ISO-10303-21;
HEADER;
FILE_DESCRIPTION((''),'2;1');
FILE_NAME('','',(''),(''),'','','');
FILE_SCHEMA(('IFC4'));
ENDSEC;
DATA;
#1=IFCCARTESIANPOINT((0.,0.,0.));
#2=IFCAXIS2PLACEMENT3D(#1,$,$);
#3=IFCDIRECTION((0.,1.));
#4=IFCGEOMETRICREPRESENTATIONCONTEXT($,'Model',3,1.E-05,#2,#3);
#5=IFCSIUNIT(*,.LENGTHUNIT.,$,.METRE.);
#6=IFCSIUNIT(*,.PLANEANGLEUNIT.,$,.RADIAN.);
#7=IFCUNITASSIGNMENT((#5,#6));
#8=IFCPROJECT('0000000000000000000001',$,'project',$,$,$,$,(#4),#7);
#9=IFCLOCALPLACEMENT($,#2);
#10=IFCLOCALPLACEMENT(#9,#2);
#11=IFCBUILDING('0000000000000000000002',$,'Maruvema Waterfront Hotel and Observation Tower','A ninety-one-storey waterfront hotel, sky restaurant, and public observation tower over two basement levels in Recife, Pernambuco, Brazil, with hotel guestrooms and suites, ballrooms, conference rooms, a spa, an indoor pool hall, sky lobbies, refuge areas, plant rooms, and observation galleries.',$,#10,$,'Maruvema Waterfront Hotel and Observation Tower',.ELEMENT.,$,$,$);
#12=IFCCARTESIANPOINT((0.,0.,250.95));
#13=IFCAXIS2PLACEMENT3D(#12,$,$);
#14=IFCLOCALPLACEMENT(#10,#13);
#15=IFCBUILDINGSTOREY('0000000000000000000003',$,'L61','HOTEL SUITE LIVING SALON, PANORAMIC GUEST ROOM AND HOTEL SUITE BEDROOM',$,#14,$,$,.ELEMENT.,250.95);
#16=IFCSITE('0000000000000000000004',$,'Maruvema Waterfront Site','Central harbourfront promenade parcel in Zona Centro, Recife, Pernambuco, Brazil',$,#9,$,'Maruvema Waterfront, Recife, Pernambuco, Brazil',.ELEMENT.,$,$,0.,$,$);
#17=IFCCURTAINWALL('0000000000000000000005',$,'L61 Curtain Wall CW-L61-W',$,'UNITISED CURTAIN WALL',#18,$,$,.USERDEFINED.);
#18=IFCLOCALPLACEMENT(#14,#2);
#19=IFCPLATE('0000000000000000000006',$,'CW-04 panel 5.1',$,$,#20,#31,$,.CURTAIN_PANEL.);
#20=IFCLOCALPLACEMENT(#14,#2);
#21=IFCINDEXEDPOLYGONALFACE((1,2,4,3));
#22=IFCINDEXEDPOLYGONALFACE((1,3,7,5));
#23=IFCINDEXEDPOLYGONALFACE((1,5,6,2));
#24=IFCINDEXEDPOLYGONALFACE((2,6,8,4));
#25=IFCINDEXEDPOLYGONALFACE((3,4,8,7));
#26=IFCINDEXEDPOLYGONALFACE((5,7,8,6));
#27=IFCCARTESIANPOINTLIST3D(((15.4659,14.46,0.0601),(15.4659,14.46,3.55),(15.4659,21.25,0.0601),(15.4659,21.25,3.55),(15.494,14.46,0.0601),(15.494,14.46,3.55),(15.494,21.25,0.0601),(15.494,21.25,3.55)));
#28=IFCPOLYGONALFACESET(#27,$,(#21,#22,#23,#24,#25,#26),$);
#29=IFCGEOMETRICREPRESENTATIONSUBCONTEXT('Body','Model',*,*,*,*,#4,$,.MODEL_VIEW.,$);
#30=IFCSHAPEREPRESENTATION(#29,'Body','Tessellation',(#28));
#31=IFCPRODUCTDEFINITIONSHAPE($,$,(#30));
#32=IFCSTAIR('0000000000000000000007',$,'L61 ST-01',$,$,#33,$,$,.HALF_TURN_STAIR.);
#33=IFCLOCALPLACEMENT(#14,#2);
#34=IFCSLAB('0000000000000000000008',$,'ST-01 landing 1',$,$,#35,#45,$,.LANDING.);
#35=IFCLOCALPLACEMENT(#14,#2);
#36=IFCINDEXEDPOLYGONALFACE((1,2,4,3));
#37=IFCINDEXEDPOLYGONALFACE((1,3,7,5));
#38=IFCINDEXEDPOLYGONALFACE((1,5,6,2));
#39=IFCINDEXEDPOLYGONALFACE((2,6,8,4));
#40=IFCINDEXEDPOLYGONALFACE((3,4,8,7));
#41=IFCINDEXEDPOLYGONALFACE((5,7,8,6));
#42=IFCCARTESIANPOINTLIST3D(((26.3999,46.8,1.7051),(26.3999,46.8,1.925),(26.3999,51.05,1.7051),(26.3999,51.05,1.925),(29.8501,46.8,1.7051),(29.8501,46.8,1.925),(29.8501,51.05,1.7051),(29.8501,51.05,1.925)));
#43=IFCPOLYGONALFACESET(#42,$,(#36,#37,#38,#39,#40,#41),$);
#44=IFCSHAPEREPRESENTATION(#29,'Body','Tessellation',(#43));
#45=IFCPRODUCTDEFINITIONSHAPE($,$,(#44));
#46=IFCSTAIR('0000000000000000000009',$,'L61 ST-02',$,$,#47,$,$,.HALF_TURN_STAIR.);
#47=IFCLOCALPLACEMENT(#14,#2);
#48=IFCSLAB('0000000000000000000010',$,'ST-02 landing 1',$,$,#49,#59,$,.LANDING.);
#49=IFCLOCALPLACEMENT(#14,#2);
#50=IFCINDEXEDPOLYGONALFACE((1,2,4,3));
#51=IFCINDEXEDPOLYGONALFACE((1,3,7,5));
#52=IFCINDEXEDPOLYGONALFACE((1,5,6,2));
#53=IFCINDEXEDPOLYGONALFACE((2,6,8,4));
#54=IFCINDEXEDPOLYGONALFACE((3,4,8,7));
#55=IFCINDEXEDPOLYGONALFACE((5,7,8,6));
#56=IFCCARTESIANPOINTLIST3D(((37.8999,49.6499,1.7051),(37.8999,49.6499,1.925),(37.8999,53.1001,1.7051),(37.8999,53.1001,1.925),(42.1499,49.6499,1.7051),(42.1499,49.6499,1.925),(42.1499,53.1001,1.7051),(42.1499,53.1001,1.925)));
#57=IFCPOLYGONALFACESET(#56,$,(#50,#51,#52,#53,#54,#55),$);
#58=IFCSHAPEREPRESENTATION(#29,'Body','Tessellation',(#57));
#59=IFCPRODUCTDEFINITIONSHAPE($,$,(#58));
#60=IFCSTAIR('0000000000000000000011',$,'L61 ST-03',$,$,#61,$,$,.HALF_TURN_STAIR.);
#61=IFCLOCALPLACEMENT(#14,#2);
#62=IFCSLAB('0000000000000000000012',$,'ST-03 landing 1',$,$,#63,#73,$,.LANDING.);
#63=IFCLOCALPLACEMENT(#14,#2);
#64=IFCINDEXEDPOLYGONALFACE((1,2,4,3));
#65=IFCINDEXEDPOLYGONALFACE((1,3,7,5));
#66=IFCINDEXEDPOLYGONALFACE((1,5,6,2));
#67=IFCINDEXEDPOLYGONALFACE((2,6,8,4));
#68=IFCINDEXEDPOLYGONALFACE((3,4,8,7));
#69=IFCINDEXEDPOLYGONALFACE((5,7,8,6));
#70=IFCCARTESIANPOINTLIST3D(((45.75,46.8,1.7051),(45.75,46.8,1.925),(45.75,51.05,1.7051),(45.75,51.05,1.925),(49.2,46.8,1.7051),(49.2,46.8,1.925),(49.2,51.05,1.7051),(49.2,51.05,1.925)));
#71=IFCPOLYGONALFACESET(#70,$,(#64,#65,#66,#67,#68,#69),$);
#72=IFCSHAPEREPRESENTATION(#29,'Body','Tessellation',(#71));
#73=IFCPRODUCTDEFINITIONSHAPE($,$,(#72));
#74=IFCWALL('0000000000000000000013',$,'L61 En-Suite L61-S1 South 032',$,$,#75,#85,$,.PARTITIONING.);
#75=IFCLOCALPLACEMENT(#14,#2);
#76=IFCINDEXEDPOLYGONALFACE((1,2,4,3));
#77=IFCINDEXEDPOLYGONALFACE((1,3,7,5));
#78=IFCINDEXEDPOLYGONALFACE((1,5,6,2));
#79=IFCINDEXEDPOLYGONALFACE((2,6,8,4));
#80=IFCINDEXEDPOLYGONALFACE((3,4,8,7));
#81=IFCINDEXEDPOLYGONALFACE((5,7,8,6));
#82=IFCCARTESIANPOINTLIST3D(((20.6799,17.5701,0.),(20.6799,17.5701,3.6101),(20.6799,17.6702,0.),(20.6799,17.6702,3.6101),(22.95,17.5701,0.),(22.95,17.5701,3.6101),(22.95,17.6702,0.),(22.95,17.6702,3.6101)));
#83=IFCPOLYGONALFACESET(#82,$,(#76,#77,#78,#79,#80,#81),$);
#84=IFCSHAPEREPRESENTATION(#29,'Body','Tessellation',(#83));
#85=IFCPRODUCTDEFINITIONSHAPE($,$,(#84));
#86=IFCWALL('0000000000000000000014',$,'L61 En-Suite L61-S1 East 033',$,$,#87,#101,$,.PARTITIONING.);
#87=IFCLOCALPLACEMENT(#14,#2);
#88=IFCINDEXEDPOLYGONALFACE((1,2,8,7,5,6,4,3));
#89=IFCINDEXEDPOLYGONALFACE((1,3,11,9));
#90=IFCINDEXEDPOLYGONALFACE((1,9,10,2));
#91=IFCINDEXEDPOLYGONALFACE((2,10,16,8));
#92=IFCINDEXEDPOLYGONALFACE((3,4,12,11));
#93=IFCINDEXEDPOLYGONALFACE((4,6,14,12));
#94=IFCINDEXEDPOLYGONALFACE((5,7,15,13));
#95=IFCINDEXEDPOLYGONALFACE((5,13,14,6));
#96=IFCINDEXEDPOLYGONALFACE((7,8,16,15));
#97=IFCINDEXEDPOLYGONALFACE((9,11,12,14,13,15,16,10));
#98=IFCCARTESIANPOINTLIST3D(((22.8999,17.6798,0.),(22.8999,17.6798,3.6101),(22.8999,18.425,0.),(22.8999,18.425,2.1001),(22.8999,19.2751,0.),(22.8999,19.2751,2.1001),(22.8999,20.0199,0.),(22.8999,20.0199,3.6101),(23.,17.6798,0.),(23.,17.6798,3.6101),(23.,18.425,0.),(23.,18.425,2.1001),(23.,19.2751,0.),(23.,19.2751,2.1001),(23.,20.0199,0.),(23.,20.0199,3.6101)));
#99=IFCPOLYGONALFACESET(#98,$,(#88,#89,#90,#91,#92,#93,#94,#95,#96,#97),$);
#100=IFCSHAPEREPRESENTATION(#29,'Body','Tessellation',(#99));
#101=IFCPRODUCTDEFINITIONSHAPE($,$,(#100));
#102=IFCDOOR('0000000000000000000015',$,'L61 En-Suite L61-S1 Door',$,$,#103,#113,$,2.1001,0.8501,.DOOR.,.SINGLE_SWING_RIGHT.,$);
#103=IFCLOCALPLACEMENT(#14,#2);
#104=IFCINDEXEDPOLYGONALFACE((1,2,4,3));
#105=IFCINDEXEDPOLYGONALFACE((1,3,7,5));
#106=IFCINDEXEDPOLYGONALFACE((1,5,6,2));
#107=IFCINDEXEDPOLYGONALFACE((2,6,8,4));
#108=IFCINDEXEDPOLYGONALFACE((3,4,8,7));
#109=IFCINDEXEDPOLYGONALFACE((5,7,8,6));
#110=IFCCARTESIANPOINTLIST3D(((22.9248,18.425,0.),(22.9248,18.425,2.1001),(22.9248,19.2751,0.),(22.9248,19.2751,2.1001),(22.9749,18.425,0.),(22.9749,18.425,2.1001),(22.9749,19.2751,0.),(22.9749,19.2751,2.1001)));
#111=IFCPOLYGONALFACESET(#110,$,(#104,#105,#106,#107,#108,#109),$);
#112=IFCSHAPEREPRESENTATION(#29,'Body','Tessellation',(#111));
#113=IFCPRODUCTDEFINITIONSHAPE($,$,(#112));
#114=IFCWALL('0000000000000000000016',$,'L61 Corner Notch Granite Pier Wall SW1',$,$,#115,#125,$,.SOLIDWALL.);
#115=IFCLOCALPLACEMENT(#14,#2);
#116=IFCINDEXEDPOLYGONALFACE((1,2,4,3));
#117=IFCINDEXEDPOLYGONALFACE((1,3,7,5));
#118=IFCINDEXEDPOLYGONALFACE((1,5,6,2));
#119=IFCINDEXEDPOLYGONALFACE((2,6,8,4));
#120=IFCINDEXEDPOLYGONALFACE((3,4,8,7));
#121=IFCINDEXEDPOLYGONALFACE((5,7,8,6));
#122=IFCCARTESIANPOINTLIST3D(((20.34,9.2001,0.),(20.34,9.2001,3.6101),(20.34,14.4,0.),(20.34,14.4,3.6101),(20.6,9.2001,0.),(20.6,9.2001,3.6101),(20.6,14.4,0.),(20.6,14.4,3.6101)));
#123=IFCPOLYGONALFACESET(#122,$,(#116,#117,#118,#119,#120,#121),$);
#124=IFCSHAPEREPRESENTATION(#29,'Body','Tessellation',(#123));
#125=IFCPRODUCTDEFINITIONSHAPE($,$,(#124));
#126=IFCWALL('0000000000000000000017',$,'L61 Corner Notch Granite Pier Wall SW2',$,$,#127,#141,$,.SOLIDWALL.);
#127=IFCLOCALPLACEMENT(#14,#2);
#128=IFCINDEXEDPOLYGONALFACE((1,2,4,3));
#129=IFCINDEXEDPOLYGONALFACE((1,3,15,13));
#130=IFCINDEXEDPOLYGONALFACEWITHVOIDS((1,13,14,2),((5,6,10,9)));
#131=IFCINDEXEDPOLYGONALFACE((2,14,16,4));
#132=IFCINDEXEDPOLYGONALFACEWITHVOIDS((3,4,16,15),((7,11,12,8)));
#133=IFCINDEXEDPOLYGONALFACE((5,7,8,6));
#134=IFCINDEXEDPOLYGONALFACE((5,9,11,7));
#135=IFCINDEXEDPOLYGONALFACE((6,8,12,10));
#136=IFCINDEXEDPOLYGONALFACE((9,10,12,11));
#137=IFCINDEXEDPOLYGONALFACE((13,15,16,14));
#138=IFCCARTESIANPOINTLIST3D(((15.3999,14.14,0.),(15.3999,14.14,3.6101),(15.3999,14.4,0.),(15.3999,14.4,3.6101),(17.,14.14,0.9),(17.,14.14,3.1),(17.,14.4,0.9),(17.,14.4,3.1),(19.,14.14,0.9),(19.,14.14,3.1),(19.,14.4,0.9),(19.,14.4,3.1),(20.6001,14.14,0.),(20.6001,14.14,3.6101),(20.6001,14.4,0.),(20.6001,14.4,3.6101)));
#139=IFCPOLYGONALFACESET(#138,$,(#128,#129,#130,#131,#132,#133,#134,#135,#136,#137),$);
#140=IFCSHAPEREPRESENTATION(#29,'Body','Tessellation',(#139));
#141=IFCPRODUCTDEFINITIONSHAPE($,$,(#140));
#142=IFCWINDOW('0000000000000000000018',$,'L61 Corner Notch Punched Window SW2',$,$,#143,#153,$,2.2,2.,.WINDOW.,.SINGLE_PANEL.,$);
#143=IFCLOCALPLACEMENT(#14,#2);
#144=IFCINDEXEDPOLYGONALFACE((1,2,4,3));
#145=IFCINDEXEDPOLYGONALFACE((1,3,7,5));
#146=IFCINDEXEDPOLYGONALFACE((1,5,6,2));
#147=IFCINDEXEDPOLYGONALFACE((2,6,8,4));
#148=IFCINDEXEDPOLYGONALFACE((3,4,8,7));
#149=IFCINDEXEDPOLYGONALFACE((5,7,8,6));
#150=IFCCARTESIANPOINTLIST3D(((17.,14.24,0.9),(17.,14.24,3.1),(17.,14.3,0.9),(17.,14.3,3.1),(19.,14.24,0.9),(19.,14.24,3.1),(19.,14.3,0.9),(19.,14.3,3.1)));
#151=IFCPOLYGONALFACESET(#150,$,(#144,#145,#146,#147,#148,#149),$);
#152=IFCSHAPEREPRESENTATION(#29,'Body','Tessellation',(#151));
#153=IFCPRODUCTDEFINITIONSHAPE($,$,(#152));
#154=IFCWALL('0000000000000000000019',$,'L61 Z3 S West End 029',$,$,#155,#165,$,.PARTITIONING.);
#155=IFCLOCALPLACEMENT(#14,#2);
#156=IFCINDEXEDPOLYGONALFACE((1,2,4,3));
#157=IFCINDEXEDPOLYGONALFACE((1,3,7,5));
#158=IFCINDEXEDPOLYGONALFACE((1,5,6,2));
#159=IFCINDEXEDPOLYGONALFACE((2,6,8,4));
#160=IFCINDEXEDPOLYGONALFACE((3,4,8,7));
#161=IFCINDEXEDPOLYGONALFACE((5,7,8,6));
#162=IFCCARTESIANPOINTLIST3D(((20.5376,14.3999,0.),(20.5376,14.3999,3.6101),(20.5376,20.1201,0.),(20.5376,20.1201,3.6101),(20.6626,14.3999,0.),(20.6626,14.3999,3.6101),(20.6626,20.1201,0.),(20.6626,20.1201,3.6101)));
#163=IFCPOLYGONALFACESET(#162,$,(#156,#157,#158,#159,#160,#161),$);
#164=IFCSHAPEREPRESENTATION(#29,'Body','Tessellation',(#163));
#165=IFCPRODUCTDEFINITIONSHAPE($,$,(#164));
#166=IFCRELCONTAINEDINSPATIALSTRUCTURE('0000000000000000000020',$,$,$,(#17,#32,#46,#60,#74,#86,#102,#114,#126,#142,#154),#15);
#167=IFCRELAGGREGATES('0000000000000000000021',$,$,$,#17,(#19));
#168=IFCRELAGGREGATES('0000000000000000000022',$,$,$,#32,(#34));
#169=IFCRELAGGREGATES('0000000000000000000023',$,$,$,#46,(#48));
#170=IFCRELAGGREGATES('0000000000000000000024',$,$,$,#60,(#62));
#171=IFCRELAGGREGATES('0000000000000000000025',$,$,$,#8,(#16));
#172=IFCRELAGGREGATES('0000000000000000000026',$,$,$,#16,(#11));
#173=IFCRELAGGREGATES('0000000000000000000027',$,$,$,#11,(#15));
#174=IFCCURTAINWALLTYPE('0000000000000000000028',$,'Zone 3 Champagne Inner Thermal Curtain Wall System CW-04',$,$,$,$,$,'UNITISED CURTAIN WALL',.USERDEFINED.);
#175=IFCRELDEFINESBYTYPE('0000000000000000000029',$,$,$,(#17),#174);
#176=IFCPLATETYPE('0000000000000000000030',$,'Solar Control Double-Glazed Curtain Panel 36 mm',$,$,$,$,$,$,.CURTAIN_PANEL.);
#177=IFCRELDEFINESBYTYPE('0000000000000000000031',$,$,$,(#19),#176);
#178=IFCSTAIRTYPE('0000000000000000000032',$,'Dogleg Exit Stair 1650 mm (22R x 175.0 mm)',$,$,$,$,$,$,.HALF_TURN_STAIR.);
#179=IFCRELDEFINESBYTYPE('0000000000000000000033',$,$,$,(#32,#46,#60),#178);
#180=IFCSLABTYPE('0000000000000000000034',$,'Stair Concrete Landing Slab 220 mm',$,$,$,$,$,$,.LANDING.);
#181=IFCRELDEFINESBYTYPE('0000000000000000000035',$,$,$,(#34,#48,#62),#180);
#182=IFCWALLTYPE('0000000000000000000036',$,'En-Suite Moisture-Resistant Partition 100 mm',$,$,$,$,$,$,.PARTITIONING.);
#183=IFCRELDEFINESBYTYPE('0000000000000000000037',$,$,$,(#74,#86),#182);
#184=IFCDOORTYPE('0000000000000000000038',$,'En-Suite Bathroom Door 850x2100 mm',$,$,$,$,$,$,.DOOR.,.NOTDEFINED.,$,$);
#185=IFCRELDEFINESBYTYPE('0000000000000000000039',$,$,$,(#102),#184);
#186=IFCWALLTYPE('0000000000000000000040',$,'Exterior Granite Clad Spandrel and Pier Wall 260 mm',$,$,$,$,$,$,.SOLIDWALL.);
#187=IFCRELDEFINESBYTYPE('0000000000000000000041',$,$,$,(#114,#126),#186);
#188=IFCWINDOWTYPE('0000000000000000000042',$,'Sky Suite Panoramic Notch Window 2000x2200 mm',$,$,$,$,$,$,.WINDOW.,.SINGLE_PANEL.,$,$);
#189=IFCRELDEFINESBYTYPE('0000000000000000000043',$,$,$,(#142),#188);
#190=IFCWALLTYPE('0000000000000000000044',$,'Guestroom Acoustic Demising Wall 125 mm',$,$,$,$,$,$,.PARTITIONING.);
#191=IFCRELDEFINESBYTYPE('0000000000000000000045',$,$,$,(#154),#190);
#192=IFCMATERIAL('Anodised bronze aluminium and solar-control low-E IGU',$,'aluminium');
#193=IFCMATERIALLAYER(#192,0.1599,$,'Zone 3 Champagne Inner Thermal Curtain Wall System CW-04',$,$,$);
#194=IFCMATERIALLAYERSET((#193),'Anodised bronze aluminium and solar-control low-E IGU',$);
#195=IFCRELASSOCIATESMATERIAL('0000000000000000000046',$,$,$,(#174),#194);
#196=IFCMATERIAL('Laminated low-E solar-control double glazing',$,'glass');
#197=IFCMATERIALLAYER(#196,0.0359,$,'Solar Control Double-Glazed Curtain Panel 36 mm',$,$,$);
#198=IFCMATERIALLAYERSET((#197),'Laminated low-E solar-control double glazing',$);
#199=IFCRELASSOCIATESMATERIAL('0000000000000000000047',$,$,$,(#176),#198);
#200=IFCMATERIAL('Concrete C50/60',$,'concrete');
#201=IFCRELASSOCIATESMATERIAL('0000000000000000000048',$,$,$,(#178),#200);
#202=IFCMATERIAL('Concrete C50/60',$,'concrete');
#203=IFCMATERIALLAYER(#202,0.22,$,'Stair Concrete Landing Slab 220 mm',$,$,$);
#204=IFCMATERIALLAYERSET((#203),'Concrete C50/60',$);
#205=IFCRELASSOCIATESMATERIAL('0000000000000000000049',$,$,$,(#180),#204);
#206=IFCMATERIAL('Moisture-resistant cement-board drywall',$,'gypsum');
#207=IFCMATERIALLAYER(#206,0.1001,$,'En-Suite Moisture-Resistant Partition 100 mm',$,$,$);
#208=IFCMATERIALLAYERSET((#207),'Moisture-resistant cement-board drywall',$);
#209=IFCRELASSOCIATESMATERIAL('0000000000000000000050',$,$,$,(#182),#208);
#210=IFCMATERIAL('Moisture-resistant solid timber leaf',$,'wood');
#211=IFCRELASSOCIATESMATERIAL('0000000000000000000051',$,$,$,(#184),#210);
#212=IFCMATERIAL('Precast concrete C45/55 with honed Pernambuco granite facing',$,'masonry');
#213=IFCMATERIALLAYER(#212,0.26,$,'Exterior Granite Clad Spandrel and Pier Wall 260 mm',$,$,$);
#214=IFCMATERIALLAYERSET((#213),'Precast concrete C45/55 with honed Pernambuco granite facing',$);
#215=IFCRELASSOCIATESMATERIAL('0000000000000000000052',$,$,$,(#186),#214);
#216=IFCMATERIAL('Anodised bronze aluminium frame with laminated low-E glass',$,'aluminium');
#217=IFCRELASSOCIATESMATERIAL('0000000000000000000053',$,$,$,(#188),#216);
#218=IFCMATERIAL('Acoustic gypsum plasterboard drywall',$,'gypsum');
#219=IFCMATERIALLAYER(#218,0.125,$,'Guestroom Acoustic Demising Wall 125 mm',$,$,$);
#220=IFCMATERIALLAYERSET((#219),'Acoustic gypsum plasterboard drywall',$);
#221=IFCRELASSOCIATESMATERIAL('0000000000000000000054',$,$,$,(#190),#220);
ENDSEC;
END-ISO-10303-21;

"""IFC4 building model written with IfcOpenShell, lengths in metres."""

from ifc_helpers import new_model, si_unit, direction, frame, frame_2d, origin, origin_2d, place, context, subcontext, project, spatial, polyline, rectangle, outline, extrude, material, layer, layer_set, type_object, element, fill, aggregate, save


model = new_model("IFC4")

# Units and contexts
model_context = context("Model", 3, precision=1e-05, world=origin(), true_north=direction((0.0, 1.0)))
body_context = subcontext(model_context, "Body", "Model", "MODEL_VIEW")
ifc_project = project(units=[si_unit("LENGTHUNIT", "METRE"), si_unit("PLANEANGLEUNIT", "RADIAN")], contexts=[model_context])

# Site, building, storey
site_placement = place(None, origin())
site = spatial("IfcSite", under=ifc_project, at=site_placement, Name="Maruvema Waterfront Site", Description="Central harbourfront promenade parcel in Zona Centro, Recife, Pernambuco, Brazil", LongName="Maruvema Waterfront, Recife, Pernambuco, Brazil", CompositionType="ELEMENT", RefElevation=0.0)
building_placement = place(site_placement, origin())
building = spatial("IfcBuilding", under=site, at=building_placement, Name="Maruvema Waterfront Hotel and Observation Tower", Description="A ninety-one-storey waterfront hotel, sky restaurant, and public observation tower over two basement levels in Recife, Pernambuco, Brazil, with hotel guestrooms and suites, ballrooms, conference rooms, a spa, an indoor pool hall, sky lobbies, refuge areas, plant rooms, and observation galleries.", LongName="Maruvema Waterfront Hotel and Observation Tower", CompositionType="ELEMENT")
storey_placement = place(building_placement, frame((0.0, 0.0, 250.95)))
storey = spatial("IfcBuildingStorey", under=building, at=storey_placement, Name="L61", Description="HOTEL SUITE LIVING SALON, PANORAMIC GUEST ROOM AND HOTEL SUITE BEDROOM", CompositionType="ELEMENT", Elevation=250.95)

# Shared definitions
ifc_material_1 = material(Name="Anodised bronze aluminium and solar-control low-E IGU", Category="aluminium")
ifc_layer_1 = layer(ifc_material_1, 0.1599, Name="Zone 3 Champagne Inner Thermal Curtain Wall System CW-04")
ifc_layer_set_1 = layer_set([ifc_layer_1], Name="Anodised bronze aluminium and solar-control low-E IGU")
curtain_wall_type = type_object("IfcCurtainWallType", Name="Zone 3 Champagne Inner Thermal Curtain Wall System CW-04", ElementType="UNITISED CURTAIN WALL", PredefinedType="USERDEFINED", material=ifc_layer_set_1)

# Curtain wall
curtain_wall_1_placement = place(storey_placement, origin())
curtain_wall_1 = element("IfcCurtainWall", 1, at=curtain_wall_1_placement, inside=storey, type_object=curtain_wall_type, Name="L61 Curtain Wall CW-L61-W", ObjectType="UNITISED CURTAIN WALL", PredefinedType="USERDEFINED")

# Plate
ifc_material_2 = material(Name="Laminated low-E solar-control double glazing", Category="glass")
ifc_layer_2 = layer(ifc_material_2, 0.0359, Name="Solar Control Double-Glazed Curtain Panel 36 mm")
ifc_layer_set_2 = layer_set([ifc_layer_2], Name="Laminated low-E solar-control double glazing")
plate_type = type_object("IfcPlateType", Name="Solar Control Double-Glazed Curtain Panel 36 mm", PredefinedType="CURTAIN_PANEL", material=ifc_layer_set_2)
plate_1_placement = place(storey_placement, frame((15.48, 17.855, 0.0601), z_axis=(0.0, 0.0, 1.0), x_axis=(0.0, -1.0, 0.0)))
plate_1 = element("IfcPlate", 2, at=plate_1_placement, type_object=plate_type, Name="CW-04 panel 5.1", PredefinedType="CURTAIN_PANEL", context=body_context, shape_type="SweptSolid", body=[
    extrude(rectangle(XDim=6.79, YDim=0.0281, at=origin_2d()), origin(), (0.0, 0.0, 1.0), 3.49),
])
aggregate(curtain_wall_1, [plate_1])

# Stairs, slabs
ifc_material_3 = material(Name="Concrete C50/60", Category="concrete")
stair_type = type_object("IfcStairType", Name="Dogleg Exit Stair 1650 mm (22R x 175.0 mm)", PredefinedType="HALF_TURN_STAIR", material=ifc_material_3)
stair_1_placement = place(storey_placement, origin())
stair_1 = element("IfcStair", 3, at=stair_1_placement, inside=storey, type_object=stair_type, Name="L61 ST-01", PredefinedType="HALF_TURN_STAIR")
ifc_material_4 = material(Name="Concrete C50/60", Category="concrete")
ifc_layer_3 = layer(ifc_material_4, 0.22, Name="Stair Concrete Landing Slab 220 mm")
ifc_layer_set_3 = layer_set([ifc_layer_3], Name="Concrete C50/60")
slab_type_1 = type_object("IfcSlabType", Name="Stair Concrete Landing Slab 220 mm", PredefinedType="LANDING", material=ifc_layer_set_3)
slab_1_placement = place(storey_placement, frame((0.0, 0.0, 1.7051)))
slab_1 = element("IfcSlab", 4, at=slab_1_placement, type_object=slab_type_1, Name="ST-01 landing 1", PredefinedType="LANDING", context=body_context, shape_type="SweptSolid", body=[
    extrude(outline(polyline([(29.8501, 46.8), (29.8501, 51.05), (26.3999, 51.05), (26.3999, 46.8), (29.8501, 46.8)])), origin(), (0.0, 0.0, 1.0), 0.22),
])
aggregate(stair_1, [slab_1])
stair_2_placement = place(storey_placement, origin())
stair_2 = element("IfcStair", 5, at=stair_2_placement, inside=storey, type_object=stair_type, Name="L61 ST-02", PredefinedType="HALF_TURN_STAIR")
slab_2_placement = place(storey_placement, frame((0.0, 0.0, 1.7051)))
slab_2 = element("IfcSlab", 6, at=slab_2_placement, type_object=slab_type_1, Name="ST-02 landing 1", PredefinedType="LANDING", context=body_context, shape_type="SweptSolid", body=[
    extrude(outline(polyline([(37.8999, 49.6499), (42.1499, 49.6499), (42.1499, 53.1001), (37.8999, 53.1001), (37.8999, 49.6499)])), origin(), (0.0, 0.0, 1.0), 0.22),
])
aggregate(stair_2, [slab_2])
stair_3_placement = place(storey_placement, origin())
stair_3 = element("IfcStair", 7, at=stair_3_placement, inside=storey, type_object=stair_type, Name="L61 ST-03", PredefinedType="HALF_TURN_STAIR")
slab_3_placement = place(storey_placement, frame((0.0, 0.0, 1.7051)))
slab_3 = element("IfcSlab", 8, at=slab_3_placement, type_object=slab_type_1, Name="ST-03 landing 1", PredefinedType="LANDING", context=body_context, shape_type="SweptSolid", body=[
    extrude(outline(polyline([(49.2, 46.8), (49.2, 51.05), (45.75, 51.05), (45.75, 46.8), (49.2, 46.8)])), origin(), (0.0, 0.0, 1.0), 0.22),
])
aggregate(stair_3, [slab_3])

# Wall
ifc_material_5 = material(Name="Moisture-resistant cement-board drywall", Category="gypsum")
ifc_layer_4 = layer(ifc_material_5, 0.1001, Name="En-Suite Moisture-Resistant Partition 100 mm")
ifc_layer_set_4 = layer_set([ifc_layer_4], Name="Moisture-resistant cement-board drywall")
wall_type_1 = type_object("IfcWallType", Name="En-Suite Moisture-Resistant Partition 100 mm", PredefinedType="PARTITIONING", material=ifc_layer_set_4)
wall_1_placement = place(storey_placement, frame((20.6799, 17.6201, 0.0), z_axis=(0.0, 0.0, 1.0), x_axis=(1.0, 0.0, 0.0)))
element("IfcWall", 9, at=wall_1_placement, inside=storey, type_object=wall_type_1, Name="L61 En-Suite L61-S1 South 032", PredefinedType="PARTITIONING", context=body_context, shape_type="SweptSolid", body=[
    extrude(rectangle(XDim=2.27, YDim=0.1001, at=frame_2d((1.135, 0.0))), origin(), (0.0, 0.0, 1.0), 3.6101),
])

# Wall, opening, door
wall_2_placement = place(storey_placement, frame((22.95, 17.6799, 0.0), z_axis=(0.0, 0.0, 1.0), x_axis=(0.0, 1.0, 0.0)))
wall_2 = element("IfcWall", 10, at=wall_2_placement, inside=storey, type_object=wall_type_1, Name="L61 En-Suite L61-S1 East 033", PredefinedType="PARTITIONING", context=body_context, shape_type="SweptSolid", body=[
    extrude(rectangle(XDim=2.3401, YDim=0.1001, at=frame_2d((1.1699, 0.0))), origin(), (0.0, 0.0, 1.0), 3.6101),
])
opening_1_placement = place(wall_2_placement, frame((0.7451, 0.0, 0.0)))
opening_1 = element("IfcOpeningElement", 11, at=opening_1_placement, cuts=wall_2, PredefinedType="OPENING", context=body_context, shape_type="SweptSolid", body=[
    extrude(rectangle(XDim=0.8501, YDim=2.1001, at=frame_2d((0.425, 1.05))), frame((0.0, 0.0601, 0.0), z_axis=(0.0, -1.0, 0.0), x_axis=(1.0, 0.0, 0.0)), (0.0, 0.0, 1.0), 0.1201),
])
ifc_material_6 = material(Name="Moisture-resistant solid timber leaf", Category="wood")
door_type = type_object("IfcDoorType", Name="En-Suite Bathroom Door 850x2100 mm", OperationType="NOTDEFINED", PredefinedType="DOOR", material=ifc_material_6)
door_placement = place(opening_1_placement, frame((0.8501, 0.0, 0.0), z_axis=(0.0, 0.0, 1.0), x_axis=(-1.0, 0.0, 0.0)))
door = element("IfcDoor", 12, at=door_placement, inside=storey, type_object=door_type, Name="L61 En-Suite L61-S1 Door", OperationType="SINGLE_SWING_RIGHT", OverallHeight=2.1001, OverallWidth=0.8501, PredefinedType="DOOR", context=body_context, shape_type="SweptSolid", body=[
    extrude(rectangle(XDim=0.8501, YDim=2.1001, at=frame_2d((0.425, 1.05))), frame((0.0, 0.0249, 0.0), z_axis=(0.0, -1.0, 0.0), x_axis=(1.0, 0.0, 0.0)), (0.0, 0.0, 1.0), 0.05),
])
fill(opening_1, door)

# Wall
ifc_material_7 = material(Name="Precast concrete C45/55 with honed Pernambuco granite facing", Category="masonry")
ifc_layer_5 = layer(ifc_material_7, 0.26, Name="Exterior Granite Clad Spandrel and Pier Wall 260 mm")
ifc_layer_set_5 = layer_set([ifc_layer_5], Name="Precast concrete C45/55 with honed Pernambuco granite facing")
wall_type_2 = type_object("IfcWallType", Name="Exterior Granite Clad Spandrel and Pier Wall 260 mm", PredefinedType="SOLIDWALL", material=ifc_layer_set_5)
wall_3_placement = place(storey_placement, frame((20.47, 9.2, 0.0), z_axis=(0.0, 0.0, 1.0), x_axis=(0.0, 1.0, 0.0)))
element("IfcWall", 13, at=wall_3_placement, inside=storey, type_object=wall_type_2, Name="L61 Corner Notch Granite Pier Wall SW1", PredefinedType="SOLIDWALL", context=body_context, shape_type="SweptSolid", body=[
    extrude(rectangle(XDim=5.2, YDim=0.26, at=frame_2d((2.6001, 0.0))), origin(), (0.0, 0.0, 1.0), 3.6101),
])

# Wall, opening, window
wall_4_placement = place(storey_placement, frame((20.6001, 14.27, 0.0), z_axis=(0.0, 0.0, 1.0), x_axis=(-1.0, 0.0, 0.0)))
wall_4 = element("IfcWall", 14, at=wall_4_placement, inside=storey, type_object=wall_type_2, Name="L61 Corner Notch Granite Pier Wall SW2", PredefinedType="SOLIDWALL", context=body_context, shape_type="SweptSolid", body=[
    extrude(rectangle(XDim=5.2002, YDim=0.26, at=frame_2d((2.6001, 0.0))), origin(), (0.0, 0.0, 1.0), 3.6101),
])
opening_2_placement = place(wall_4_placement, frame((1.6001, 0.0, 0.8999)))
opening_2 = element("IfcOpeningElement", 15, at=opening_2_placement, cuts=wall_4, PredefinedType="OPENING", context=body_context, shape_type="SweptSolid", body=[
    extrude(rectangle(XDim=2.0, YDim=2.2, at=frame_2d((1.0, 1.1001))), frame((0.0, 0.1401, 0.0), z_axis=(0.0, -1.0, 0.0), x_axis=(1.0, 0.0, 0.0)), (0.0, 0.0, 1.0), 0.28),
])
ifc_material_8 = material(Name="Anodised bronze aluminium frame with laminated low-E glass", Category="aluminium")
window_type = type_object("IfcWindowType", Name="Sky Suite Panoramic Notch Window 2000x2200 mm", PartitioningType="SINGLE_PANEL", PredefinedType="WINDOW", material=ifc_material_8)
window_placement = place(opening_2_placement, origin())
window = element("IfcWindow", 16, at=window_placement, inside=storey, type_object=window_type, Name="L61 Corner Notch Punched Window SW2", OverallHeight=2.2, OverallWidth=2.0, PartitioningType="SINGLE_PANEL", PredefinedType="WINDOW", context=body_context, shape_type="SweptSolid", body=[
    extrude(rectangle(XDim=2.0, YDim=2.2, at=frame_2d((1.0, 1.1001))), frame((0.0, 0.03, 0.0), z_axis=(0.0, -1.0, 0.0), x_axis=(1.0, 0.0, 0.0)), (0.0, 0.0, 1.0), 0.0601),
])
fill(opening_2, window)

# Wall
ifc_material_9 = material(Name="Acoustic gypsum plasterboard drywall", Category="gypsum")
ifc_layer_6 = layer(ifc_material_9, 0.125, Name="Guestroom Acoustic Demising Wall 125 mm")
ifc_layer_set_6 = layer_set([ifc_layer_6], Name="Acoustic gypsum plasterboard drywall")
wall_type_3 = type_object("IfcWallType", Name="Guestroom Acoustic Demising Wall 125 mm", PredefinedType="PARTITIONING", material=ifc_layer_set_6)
wall_5_placement = place(storey_placement, frame((20.6001, 14.3999, 0.0), z_axis=(0.0, 0.0, 1.0), x_axis=(0.0, 1.0, 0.0)))
element("IfcWall", 17, at=wall_5_placement, inside=storey, type_object=wall_type_3, Name="L61 Z3 S West End 029", PredefinedType="PARTITIONING", context=body_context, shape_type="SweptSolid", body=[
    extrude(rectangle(XDim=5.7202, YDim=0.125, at=frame_2d((2.8601, 0.0))), origin(), (0.0, 0.0, 1.0), 3.6101),
])

save(model, "model.ifc")
